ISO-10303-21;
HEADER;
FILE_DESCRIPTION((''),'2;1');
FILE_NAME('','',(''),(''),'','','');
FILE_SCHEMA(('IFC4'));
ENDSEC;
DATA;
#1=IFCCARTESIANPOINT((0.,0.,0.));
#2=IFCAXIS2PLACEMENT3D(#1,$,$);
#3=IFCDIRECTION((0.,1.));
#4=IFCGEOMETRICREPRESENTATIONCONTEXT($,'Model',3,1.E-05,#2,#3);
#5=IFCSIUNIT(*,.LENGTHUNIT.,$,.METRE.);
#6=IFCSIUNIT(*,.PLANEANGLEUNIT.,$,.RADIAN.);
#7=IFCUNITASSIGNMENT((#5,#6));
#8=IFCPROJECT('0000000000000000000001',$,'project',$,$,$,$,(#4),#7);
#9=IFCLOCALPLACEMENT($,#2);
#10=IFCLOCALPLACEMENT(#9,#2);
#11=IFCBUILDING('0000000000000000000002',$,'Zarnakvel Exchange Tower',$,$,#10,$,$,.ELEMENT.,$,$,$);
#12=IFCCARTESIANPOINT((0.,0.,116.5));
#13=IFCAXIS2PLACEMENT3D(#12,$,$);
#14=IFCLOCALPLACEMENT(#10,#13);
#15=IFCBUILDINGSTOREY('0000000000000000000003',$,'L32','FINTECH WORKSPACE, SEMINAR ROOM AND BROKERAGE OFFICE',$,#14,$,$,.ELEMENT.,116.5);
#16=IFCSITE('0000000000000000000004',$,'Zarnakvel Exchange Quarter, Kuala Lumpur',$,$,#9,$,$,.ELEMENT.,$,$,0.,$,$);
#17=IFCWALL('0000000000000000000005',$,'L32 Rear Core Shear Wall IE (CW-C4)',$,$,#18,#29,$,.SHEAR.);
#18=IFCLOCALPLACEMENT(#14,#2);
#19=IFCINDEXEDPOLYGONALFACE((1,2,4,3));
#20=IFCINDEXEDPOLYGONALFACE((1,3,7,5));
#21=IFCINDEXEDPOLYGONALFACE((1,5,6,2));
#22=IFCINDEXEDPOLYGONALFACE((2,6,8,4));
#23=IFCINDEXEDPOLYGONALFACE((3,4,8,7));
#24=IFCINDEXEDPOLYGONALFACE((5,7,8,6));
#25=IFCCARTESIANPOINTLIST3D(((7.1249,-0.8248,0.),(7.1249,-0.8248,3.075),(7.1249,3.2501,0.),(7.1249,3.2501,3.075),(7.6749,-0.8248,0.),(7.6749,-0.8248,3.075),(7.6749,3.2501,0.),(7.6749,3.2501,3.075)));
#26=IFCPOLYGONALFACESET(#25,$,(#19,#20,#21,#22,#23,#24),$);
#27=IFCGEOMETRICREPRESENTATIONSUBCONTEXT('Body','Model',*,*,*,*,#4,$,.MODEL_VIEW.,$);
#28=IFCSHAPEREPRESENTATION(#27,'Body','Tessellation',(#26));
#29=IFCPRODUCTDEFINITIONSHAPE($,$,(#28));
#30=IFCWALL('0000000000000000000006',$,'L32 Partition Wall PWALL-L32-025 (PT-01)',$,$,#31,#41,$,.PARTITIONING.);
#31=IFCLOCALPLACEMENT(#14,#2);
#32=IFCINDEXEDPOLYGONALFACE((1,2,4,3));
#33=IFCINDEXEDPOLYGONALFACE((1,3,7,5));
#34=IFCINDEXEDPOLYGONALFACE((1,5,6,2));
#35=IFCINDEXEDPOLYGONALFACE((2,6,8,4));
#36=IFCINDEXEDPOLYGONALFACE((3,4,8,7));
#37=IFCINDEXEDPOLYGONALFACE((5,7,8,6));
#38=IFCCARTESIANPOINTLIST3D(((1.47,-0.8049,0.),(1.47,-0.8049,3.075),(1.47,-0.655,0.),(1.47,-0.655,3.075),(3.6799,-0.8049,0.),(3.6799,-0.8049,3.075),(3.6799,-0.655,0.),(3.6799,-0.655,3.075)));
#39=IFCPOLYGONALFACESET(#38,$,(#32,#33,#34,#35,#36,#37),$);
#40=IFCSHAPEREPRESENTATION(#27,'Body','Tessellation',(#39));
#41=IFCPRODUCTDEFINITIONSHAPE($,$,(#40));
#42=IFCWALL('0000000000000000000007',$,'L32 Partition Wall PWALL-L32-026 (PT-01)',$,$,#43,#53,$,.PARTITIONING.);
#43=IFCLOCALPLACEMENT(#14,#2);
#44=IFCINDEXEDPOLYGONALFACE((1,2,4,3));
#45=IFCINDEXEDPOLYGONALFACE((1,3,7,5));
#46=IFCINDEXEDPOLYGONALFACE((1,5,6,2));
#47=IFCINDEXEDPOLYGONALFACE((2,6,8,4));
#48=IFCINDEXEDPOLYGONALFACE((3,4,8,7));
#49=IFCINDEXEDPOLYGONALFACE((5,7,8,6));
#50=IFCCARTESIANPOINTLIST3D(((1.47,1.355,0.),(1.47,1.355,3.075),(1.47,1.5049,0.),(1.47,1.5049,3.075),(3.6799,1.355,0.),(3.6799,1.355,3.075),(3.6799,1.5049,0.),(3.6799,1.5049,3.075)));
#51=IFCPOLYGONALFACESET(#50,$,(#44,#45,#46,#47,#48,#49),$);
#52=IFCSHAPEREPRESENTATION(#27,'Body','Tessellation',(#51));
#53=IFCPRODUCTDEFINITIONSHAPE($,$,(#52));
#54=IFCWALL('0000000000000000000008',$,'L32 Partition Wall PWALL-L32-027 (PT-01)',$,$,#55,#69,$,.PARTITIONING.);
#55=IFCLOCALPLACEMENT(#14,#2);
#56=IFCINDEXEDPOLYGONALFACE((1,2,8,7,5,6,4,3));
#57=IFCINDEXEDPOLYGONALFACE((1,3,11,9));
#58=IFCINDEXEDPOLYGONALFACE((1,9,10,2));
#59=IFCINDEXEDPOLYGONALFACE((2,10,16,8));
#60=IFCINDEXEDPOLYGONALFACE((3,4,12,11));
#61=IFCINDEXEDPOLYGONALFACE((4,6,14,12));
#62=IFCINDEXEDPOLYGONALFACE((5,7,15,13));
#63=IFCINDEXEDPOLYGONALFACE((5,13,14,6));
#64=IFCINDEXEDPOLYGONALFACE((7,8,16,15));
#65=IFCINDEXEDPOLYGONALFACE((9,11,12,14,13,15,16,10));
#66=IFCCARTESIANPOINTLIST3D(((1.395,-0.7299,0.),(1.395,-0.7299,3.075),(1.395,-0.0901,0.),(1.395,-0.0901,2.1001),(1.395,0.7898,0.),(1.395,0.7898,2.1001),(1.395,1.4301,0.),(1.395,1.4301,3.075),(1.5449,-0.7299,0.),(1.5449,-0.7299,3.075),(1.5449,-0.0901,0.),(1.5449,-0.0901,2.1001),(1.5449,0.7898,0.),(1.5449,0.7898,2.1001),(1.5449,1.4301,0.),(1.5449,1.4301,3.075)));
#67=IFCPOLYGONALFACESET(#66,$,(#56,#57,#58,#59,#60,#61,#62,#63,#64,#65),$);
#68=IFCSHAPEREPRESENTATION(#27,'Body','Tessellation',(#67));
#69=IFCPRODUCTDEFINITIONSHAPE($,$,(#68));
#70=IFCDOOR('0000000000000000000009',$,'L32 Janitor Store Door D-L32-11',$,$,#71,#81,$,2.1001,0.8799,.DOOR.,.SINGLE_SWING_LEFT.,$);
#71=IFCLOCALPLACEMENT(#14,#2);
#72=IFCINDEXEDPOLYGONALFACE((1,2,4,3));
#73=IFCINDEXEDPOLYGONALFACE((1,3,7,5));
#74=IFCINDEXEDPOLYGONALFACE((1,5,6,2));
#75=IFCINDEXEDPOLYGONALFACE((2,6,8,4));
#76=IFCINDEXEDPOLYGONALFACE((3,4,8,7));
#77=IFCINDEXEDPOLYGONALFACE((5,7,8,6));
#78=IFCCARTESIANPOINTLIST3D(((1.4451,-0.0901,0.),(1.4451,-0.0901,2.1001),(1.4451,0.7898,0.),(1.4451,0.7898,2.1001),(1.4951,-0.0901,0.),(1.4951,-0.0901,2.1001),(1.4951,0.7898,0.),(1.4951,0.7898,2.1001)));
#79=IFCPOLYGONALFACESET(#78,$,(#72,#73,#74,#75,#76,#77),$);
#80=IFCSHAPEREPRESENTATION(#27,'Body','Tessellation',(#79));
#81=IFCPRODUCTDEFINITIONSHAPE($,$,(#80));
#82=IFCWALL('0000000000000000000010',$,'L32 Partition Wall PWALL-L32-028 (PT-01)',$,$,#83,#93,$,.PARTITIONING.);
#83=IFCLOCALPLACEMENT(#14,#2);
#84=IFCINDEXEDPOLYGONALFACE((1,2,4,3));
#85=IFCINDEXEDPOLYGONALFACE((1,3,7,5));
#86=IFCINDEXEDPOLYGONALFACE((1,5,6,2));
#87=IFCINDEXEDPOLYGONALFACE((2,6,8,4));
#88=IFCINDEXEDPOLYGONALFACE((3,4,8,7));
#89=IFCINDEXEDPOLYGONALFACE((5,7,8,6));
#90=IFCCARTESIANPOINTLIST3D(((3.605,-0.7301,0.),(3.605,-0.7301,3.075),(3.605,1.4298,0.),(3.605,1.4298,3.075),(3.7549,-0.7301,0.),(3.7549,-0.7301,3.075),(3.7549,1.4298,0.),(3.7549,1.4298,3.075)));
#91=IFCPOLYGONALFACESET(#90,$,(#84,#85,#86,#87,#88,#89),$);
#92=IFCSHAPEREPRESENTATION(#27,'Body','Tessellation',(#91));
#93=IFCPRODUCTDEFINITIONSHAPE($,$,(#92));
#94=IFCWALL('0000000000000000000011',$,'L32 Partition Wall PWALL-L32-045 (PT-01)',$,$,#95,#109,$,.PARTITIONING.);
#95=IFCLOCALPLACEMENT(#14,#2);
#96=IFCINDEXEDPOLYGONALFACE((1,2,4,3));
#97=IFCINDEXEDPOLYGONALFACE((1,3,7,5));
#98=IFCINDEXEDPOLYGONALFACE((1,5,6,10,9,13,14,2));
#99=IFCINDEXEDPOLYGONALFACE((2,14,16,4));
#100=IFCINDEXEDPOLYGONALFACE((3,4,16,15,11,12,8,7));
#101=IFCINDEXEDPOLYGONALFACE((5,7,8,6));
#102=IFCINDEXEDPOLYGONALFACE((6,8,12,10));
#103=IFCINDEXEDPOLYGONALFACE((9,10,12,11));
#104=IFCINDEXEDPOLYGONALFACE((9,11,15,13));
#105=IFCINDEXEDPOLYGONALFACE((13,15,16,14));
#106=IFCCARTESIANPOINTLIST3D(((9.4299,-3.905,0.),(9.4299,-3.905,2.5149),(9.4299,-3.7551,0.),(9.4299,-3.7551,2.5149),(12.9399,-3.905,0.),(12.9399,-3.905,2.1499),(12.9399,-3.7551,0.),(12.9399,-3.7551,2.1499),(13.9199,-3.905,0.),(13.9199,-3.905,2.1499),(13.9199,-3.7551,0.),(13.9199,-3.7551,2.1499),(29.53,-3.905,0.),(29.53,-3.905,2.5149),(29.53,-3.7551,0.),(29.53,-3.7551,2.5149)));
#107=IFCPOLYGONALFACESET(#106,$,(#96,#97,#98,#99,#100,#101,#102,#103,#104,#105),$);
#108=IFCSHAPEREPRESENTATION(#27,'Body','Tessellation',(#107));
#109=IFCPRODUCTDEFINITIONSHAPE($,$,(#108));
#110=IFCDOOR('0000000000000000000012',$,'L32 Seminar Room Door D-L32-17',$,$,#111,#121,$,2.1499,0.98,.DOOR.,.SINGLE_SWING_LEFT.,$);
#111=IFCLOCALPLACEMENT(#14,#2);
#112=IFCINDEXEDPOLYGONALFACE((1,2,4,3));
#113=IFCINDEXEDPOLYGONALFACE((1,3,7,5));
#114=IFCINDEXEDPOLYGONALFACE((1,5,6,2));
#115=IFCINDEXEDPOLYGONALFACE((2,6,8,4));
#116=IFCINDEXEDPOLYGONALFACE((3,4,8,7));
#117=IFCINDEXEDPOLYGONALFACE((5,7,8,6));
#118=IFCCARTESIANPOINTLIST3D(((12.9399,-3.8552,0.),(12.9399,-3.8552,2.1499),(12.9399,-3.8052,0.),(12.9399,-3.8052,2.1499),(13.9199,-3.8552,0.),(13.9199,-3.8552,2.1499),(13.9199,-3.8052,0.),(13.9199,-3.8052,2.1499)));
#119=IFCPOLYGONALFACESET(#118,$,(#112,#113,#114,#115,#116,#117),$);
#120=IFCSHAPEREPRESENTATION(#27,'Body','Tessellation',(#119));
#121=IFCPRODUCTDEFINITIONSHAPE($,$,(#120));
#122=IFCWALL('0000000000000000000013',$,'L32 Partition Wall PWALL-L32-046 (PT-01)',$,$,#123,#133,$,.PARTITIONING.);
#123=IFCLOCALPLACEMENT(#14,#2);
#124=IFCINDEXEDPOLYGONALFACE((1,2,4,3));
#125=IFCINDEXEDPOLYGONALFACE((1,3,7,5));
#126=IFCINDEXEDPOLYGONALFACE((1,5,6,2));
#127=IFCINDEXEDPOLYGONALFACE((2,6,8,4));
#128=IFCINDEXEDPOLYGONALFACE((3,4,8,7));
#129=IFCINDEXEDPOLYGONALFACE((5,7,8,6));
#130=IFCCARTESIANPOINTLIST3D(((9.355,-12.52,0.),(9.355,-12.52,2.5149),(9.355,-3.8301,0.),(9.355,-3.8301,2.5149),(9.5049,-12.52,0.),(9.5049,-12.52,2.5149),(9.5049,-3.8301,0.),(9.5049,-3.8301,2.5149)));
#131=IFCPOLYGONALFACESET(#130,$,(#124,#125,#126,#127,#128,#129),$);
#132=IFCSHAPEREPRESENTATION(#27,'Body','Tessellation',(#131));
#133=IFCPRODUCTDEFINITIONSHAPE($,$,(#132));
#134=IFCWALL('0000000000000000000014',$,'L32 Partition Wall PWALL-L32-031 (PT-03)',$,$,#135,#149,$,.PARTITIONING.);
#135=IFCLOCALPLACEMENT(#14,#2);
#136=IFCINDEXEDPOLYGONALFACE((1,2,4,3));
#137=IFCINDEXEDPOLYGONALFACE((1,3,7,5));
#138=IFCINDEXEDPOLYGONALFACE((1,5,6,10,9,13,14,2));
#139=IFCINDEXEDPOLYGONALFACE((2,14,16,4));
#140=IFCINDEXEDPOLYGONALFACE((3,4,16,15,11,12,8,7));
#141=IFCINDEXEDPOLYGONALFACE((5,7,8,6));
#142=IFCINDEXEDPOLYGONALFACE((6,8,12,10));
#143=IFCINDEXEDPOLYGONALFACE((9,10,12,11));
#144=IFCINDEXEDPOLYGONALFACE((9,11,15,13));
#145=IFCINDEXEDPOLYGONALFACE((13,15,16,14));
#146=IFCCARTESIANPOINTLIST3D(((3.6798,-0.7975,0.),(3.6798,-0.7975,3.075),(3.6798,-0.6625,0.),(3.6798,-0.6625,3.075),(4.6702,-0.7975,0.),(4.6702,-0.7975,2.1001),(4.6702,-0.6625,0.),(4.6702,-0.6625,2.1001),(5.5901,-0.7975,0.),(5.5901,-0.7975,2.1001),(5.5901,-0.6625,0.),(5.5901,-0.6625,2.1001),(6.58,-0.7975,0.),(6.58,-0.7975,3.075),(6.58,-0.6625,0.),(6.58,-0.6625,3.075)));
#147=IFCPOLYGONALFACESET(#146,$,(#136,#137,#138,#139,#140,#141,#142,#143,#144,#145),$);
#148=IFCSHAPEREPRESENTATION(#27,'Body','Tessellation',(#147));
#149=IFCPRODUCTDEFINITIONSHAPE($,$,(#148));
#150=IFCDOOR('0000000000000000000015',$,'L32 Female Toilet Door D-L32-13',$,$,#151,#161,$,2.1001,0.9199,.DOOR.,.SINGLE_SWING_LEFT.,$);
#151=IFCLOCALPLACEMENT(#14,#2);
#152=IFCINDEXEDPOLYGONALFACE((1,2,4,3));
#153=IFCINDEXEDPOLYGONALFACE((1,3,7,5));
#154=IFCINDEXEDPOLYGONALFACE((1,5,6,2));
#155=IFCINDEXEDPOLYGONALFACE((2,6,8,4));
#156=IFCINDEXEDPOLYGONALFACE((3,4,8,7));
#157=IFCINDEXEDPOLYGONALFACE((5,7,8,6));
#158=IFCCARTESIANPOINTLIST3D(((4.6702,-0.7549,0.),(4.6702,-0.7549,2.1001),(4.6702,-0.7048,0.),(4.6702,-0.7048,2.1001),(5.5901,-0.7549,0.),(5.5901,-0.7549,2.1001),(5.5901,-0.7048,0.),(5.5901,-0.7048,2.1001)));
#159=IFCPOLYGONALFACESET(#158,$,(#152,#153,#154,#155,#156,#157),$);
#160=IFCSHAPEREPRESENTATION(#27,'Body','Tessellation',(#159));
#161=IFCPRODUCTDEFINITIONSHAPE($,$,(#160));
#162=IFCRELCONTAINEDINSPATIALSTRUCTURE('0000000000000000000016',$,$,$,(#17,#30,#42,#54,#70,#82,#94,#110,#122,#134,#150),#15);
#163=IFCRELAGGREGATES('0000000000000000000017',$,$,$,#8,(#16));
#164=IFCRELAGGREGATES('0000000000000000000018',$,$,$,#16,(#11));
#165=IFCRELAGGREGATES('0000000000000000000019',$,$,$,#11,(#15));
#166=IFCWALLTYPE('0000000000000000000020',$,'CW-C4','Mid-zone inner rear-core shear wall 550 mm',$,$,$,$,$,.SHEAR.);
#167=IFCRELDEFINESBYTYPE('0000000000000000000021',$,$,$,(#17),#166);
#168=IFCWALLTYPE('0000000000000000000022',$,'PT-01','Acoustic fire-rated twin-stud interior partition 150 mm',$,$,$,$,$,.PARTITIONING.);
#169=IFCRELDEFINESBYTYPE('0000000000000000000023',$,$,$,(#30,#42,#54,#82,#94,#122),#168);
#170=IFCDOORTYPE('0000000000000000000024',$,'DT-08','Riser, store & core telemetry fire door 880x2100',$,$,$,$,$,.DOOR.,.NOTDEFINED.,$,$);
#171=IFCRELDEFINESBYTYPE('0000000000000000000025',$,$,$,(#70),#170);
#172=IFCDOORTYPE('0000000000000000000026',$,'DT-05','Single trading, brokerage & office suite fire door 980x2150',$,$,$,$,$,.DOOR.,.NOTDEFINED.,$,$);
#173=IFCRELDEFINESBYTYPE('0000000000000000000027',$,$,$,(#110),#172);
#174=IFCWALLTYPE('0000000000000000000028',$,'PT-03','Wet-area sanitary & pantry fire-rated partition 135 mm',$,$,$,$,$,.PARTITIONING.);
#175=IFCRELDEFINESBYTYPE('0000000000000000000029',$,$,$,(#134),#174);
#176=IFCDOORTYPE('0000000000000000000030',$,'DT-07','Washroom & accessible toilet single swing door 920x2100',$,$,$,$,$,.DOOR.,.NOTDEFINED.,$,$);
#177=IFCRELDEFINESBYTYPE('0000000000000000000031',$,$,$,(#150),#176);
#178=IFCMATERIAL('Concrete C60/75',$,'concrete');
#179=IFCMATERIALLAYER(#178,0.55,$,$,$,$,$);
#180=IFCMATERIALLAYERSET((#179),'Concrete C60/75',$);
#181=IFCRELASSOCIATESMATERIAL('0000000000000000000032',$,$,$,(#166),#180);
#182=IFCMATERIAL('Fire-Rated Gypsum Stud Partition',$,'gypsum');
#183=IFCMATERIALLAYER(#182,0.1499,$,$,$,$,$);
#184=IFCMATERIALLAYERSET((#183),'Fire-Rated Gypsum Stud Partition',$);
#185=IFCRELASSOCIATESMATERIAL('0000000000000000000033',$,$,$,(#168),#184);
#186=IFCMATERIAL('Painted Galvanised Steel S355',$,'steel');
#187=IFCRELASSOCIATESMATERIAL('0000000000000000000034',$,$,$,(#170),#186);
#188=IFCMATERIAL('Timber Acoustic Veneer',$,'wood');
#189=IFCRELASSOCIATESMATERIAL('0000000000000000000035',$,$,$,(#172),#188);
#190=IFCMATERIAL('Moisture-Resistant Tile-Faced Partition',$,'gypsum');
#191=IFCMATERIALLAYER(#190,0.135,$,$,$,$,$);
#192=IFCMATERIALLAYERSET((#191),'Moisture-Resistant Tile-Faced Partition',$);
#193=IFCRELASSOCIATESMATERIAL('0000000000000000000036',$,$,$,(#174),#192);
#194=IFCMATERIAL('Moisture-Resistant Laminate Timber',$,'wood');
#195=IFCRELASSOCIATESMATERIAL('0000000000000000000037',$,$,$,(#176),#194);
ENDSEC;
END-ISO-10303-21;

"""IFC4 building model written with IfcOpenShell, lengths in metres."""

from ifc_helpers import new_model, si_unit, direction, frame, frame_2d, origin, place, context, subcontext, project, spatial, rectangle, extrude, source, transform, mapped, material, layer, layer_set, type_object, element, fill, save


model = new_model("IFC4")

# Units and contexts
model_context = context("Model", 3, precision=1e-05, world=origin(), true_north=direction((0.0, 1.0)))
body_context = subcontext(model_context, "Body", "Model", "MODEL_VIEW")
ifc_project = project(units=[si_unit("LENGTHUNIT", "METRE"), si_unit("PLANEANGLEUNIT", "RADIAN")], contexts=[model_context])

# Site, building, storey
site_placement = place(None, origin())
site = spatial("IfcSite", under=ifc_project, at=site_placement, Name="Zarnakvel Exchange Quarter, Kuala Lumpur", CompositionType="ELEMENT", RefElevation=0.0)
building_placement = place(site_placement, origin())
building = spatial("IfcBuilding", under=site, at=building_placement, Name="Zarnakvel Exchange Tower", CompositionType="ELEMENT")
storey_placement = place(building_placement, frame((0.0, 0.0, 116.5)))
storey = spatial("IfcBuildingStorey", under=building, at=storey_placement, Name="L32", Description="FINTECH WORKSPACE, SEMINAR ROOM AND BROKERAGE OFFICE", CompositionType="ELEMENT", Elevation=116.5)

# Shared definitions
ifc_material_1 = material(Name="Concrete C60/75", Category="concrete")

# Shared definitions
ifc_material_2 = material(Name="Painted Galvanised Steel S355", Category="steel")

# Walls
ifc_layer_1 = layer(ifc_material_1, 0.55)
ifc_layer_set_1 = layer_set([ifc_layer_1], Name="Concrete C60/75")
wall_type_1 = type_object("IfcWallType", Name="CW-C4", Description="Mid-zone inner rear-core shear wall 550 mm", PredefinedType="SHEAR", material=ifc_layer_set_1)
wall_1_placement = place(storey_placement, frame((7.3999, -0.825, 0.0), z_axis=(0.0, 0.0, 1.0), x_axis=(0.0, 1.0, 0.0)))
element("IfcWall", 1, at=wall_1_placement, inside=storey, type_object=wall_type_1, Name="L32 Rear Core Shear Wall IE (CW-C4)", PredefinedType="SHEAR", context=body_context, shape_type="SweptSolid", body=[
    extrude(rectangle(XDim=4.075, YDim=0.55, at=frame_2d((2.0376, 0.0))), origin(), (0.0, 0.0, 1.0), 3.075),
])
ifc_material_3 = material(Name="Fire-Rated Gypsum Stud Partition", Category="gypsum")
ifc_layer_2 = layer(ifc_material_3, 0.1499)
ifc_layer_set_2 = layer_set([ifc_layer_2], Name="Fire-Rated Gypsum Stud Partition")
wall_type_2 = type_object("IfcWallType", Name="PT-01", Description="Acoustic fire-rated twin-stud interior partition 150 mm", PredefinedType="PARTITIONING", material=ifc_layer_set_2)
for number, where, z_axis, x_axis, name in (
    (2, (3.6799, -0.73, 0.0), (0.0, 0.0, 1.0), (-1.0, 0.0, 0.0), "L32 Partition Wall PWALL-L32-025 (PT-01)"),
    (3, (1.47, 1.4299, 0.0), (0.0, 0.0, 1.0), (1.0, 0.0, 0.0), "L32 Partition Wall PWALL-L32-026 (PT-01)"),
):
    element("IfcWall", number, at=place(storey_placement, frame(where, z_axis=z_axis, x_axis=x_axis)), inside=storey, type_object=wall_type_2, Name=name, PredefinedType="PARTITIONING", context=body_context, shape_type="SweptSolid", body=[
        extrude(rectangle(XDim=2.21, YDim=0.1499, at=frame_2d((1.105, 0.0))), origin(), (0.0, 0.0, 1.0), 3.075),
    ])

# Wall, opening, door
wall_2_placement = place(storey_placement, frame((1.47, -0.73, 0.0), z_axis=(0.0, 0.0, 1.0), x_axis=(0.0, 1.0, 0.0)))
wall_2 = element("IfcWall", 4, at=wall_2_placement, inside=storey, type_object=wall_type_2, Name="L32 Partition Wall PWALL-L32-027 (PT-01)", PredefinedType="PARTITIONING", context=body_context, shape_type="SweptSolid", body=[
    extrude(rectangle(XDim=2.1599, YDim=0.1499, at=frame_2d((1.0801, 0.0))), origin(), (0.0, 0.0, 1.0), 3.075),
])
opening_1_placement = place(wall_2_placement, frame((0.6399, 0.0, 0.0)))
opening_1 = element("IfcOpeningElement", 5, at=opening_1_placement, cuts=wall_2, PredefinedType="OPENING", context=body_context, shape_type="SweptSolid", body=[
    extrude(rectangle(XDim=0.8799, YDim=2.1001, at=frame_2d((0.4399, 1.05))), frame((0.0, 0.085, 0.0), z_axis=(0.0, -1.0, 0.0), x_axis=(1.0, 0.0, 0.0)), (0.0, 0.0, 1.0), 0.1699),
])
door_type_1 = type_object("IfcDoorType", Name="DT-08", Description="Riser, store & core telemetry fire door 880x2100", OperationType="NOTDEFINED", PredefinedType="DOOR", material=ifc_material_2)
shared_shape_1 = source(origin(), body_context, "Body", "SweptSolid", [
    extrude(rectangle(XDim=0.8799, YDim=2.1001, at=frame_2d((0.4399, 1.05))), frame((0.0, 0.0249, 0.0), z_axis=(0.0, -1.0, 0.0), x_axis=(1.0, 0.0, 0.0)), (0.0, 0.0, 1.0), 0.05),
])
door_1_placement = place(opening_1_placement, origin())
door_1 = element("IfcDoor", 6, at=door_1_placement, inside=storey, type_object=door_type_1, Name="L32 Janitor Store Door D-L32-11", OperationType="SINGLE_SWING_LEFT", OverallHeight=2.1001, OverallWidth=0.8799, PredefinedType="DOOR", context=body_context, shape_type="MappedRepresentation", body=[
    mapped(shared_shape_1, transform((0.0, 0.0, 0.0), x_axis=(1.0, 0.0, 0.0), y_axis=(0.0, 1.0, 0.0), z_axis=(0.0, 0.0, 1.0), scale=1.0)),
])
fill(opening_1, door_1)

# Wall
wall_3_placement = place(storey_placement, frame((3.6799, 1.4299, 0.0), z_axis=(0.0, 0.0, 1.0), x_axis=(0.0, -1.0, 0.0)))
element("IfcWall", 7, at=wall_3_placement, inside=storey, type_object=wall_type_2, Name="L32 Partition Wall PWALL-L32-028 (PT-01)", PredefinedType="PARTITIONING", context=body_context, shape_type="SweptSolid", body=[
    extrude(rectangle(XDim=2.1599, YDim=0.1499, at=frame_2d((1.0801, 0.0))), origin(), (0.0, 0.0, 1.0), 3.075),
])

# Wall, opening, door
ifc_material_4 = material(Name="Timber Acoustic Veneer", Category="wood")
door_type_2 = type_object("IfcDoorType", Name="DT-05", Description="Single trading, brokerage & office suite fire door 980x2150", OperationType="NOTDEFINED", PredefinedType="DOOR", material=ifc_material_4)
wall_4_placement = place(storey_placement, frame((9.4299, -3.8301, 0.0), z_axis=(0.0, 0.0, 1.0), x_axis=(1.0, 0.0, 0.0)))
wall_4 = element("IfcWall", 8, at=wall_4_placement, inside=storey, type_object=wall_type_2, Name="L32 Partition Wall PWALL-L32-045 (PT-01)", PredefinedType="PARTITIONING", context=body_context, shape_type="SweptSolid", body=[
    extrude(rectangle(XDim=20.1001, YDim=0.1499, at=frame_2d((10.05, 0.0))), origin(), (0.0, 0.0, 1.0), 2.5149),
])
opening_2_placement = place(wall_4_placement, frame((3.51, 0.0, 0.0)))
opening_2 = element("IfcOpeningElement", 9, at=opening_2_placement, cuts=wall_4, PredefinedType="OPENING", context=body_context, shape_type="SweptSolid", body=[
    extrude(rectangle(XDim=0.98, YDim=2.1499, at=frame_2d((0.49, 1.075))), frame((0.0, 0.085, 0.0), z_axis=(0.0, -1.0, 0.0), x_axis=(1.0, 0.0, 0.0)), (0.0, 0.0, 1.0), 0.1699),
])
shared_shape_2 = source(origin(), body_context, "Body", "SweptSolid", [
    extrude(rectangle(XDim=0.98, YDim=2.1499, at=frame_2d((0.49, 1.075))), frame((0.0, 0.0249, 0.0), z_axis=(0.0, -1.0, 0.0), x_axis=(1.0, 0.0, 0.0)), (0.0, 0.0, 1.0), 0.05),
])
door_2_placement = place(opening_2_placement, origin())
door_2 = element("IfcDoor", 10, at=door_2_placement, inside=storey, type_object=door_type_2, Name="L32 Seminar Room Door D-L32-17", OperationType="SINGLE_SWING_LEFT", OverallHeight=2.1499, OverallWidth=0.98, PredefinedType="DOOR", context=body_context, shape_type="MappedRepresentation", body=[
    mapped(shared_shape_2, transform((0.0, 0.0, 0.0), x_axis=(1.0, 0.0, 0.0), y_axis=(0.0, 1.0, 0.0), z_axis=(0.0, 0.0, 1.0), scale=1.0)),
])
fill(opening_2, door_2)

# Wall
wall_5_placement = place(storey_placement, frame((9.4299, -12.52, 0.0), z_axis=(0.0, 0.0, 1.0), x_axis=(0.0, 1.0, 0.0)))
element("IfcWall", 11, at=wall_5_placement, inside=storey, type_object=wall_type_2, Name="L32 Partition Wall PWALL-L32-046 (PT-01)", PredefinedType="PARTITIONING", context=body_context, shape_type="SweptSolid", body=[
    extrude(rectangle(XDim=8.6899, YDim=0.1499, at=frame_2d((4.345, 0.0))), origin(), (0.0, 0.0, 1.0), 2.5149),
])

# Wall, opening, door
ifc_material_5 = material(Name="Moisture-Resistant Tile-Faced Partition", Category="gypsum")
ifc_layer_3 = layer(ifc_material_5, 0.135)
ifc_layer_set_3 = layer_set([ifc_layer_3], Name="Moisture-Resistant Tile-Faced Partition")
wall_type_3 = type_object("IfcWallType", Name="PT-03", Description="Wet-area sanitary & pantry fire-rated partition 135 mm", PredefinedType="PARTITIONING", material=ifc_layer_set_3)
wall_6_placement = place(storey_placement, frame((6.5801, -0.73, 0.0), z_axis=(0.0, 0.0, 1.0), x_axis=(-1.0, 0.0, 0.0)))
wall_6 = element("IfcWall", 12, at=wall_6_placement, inside=storey, type_object=wall_type_3, Name="L32 Partition Wall PWALL-L32-031 (PT-03)", PredefinedType="PARTITIONING", context=body_context, shape_type="SweptSolid", body=[
    extrude(rectangle(XDim=2.9001, YDim=0.135, at=frame_2d((1.4502, 0.0))), origin(), (0.0, 0.0, 1.0), 3.075),
])
opening_3_placement = place(wall_6_placement, frame((0.99, 0.0, 0.0)))
opening_3 = element("IfcOpeningElement", 13, at=opening_3_placement, cuts=wall_6, PredefinedType="OPENING", context=body_context, shape_type="SweptSolid", body=[
    extrude(rectangle(XDim=0.9199, YDim=2.1001, at=frame_2d((0.46, 1.05))), frame((0.0, 0.0774, 0.0), z_axis=(0.0, -1.0, 0.0), x_axis=(1.0, 0.0, 0.0)), (0.0, 0.0, 1.0), 0.155),
])
ifc_material_6 = material(Name="Moisture-Resistant Laminate Timber", Category="wood")
door_type_3 = type_object("IfcDoorType", Name="DT-07", Description="Washroom & accessible toilet single swing door 920x2100", OperationType="NOTDEFINED", PredefinedType="DOOR", material=ifc_material_6)
shared_shape_3 = source(origin(), body_context, "Body", "SweptSolid", [
    extrude(rectangle(XDim=0.9199, YDim=2.1001, at=frame_2d((0.46, 1.05))), frame((0.0, 0.0249, 0.0), z_axis=(0.0, -1.0, 0.0), x_axis=(1.0, 0.0, 0.0)), (0.0, 0.0, 1.0), 0.05),
])
door_3_placement = place(opening_3_placement, origin())
door_3 = element("IfcDoor", 14, at=door_3_placement, inside=storey, type_object=door_type_3, Name="L32 Female Toilet Door D-L32-13", OperationType="SINGLE_SWING_LEFT", OverallHeight=2.1001, OverallWidth=0.9199, PredefinedType="DOOR", context=body_context, shape_type="MappedRepresentation", body=[
    mapped(shared_shape_3, transform((0.0, 0.0, 0.0), x_axis=(1.0, 0.0, 0.0), y_axis=(0.0, 1.0, 0.0), z_axis=(0.0, 0.0, 1.0), scale=1.0)),
])
fill(opening_3, door_3)

save(model, "model.ifc")
